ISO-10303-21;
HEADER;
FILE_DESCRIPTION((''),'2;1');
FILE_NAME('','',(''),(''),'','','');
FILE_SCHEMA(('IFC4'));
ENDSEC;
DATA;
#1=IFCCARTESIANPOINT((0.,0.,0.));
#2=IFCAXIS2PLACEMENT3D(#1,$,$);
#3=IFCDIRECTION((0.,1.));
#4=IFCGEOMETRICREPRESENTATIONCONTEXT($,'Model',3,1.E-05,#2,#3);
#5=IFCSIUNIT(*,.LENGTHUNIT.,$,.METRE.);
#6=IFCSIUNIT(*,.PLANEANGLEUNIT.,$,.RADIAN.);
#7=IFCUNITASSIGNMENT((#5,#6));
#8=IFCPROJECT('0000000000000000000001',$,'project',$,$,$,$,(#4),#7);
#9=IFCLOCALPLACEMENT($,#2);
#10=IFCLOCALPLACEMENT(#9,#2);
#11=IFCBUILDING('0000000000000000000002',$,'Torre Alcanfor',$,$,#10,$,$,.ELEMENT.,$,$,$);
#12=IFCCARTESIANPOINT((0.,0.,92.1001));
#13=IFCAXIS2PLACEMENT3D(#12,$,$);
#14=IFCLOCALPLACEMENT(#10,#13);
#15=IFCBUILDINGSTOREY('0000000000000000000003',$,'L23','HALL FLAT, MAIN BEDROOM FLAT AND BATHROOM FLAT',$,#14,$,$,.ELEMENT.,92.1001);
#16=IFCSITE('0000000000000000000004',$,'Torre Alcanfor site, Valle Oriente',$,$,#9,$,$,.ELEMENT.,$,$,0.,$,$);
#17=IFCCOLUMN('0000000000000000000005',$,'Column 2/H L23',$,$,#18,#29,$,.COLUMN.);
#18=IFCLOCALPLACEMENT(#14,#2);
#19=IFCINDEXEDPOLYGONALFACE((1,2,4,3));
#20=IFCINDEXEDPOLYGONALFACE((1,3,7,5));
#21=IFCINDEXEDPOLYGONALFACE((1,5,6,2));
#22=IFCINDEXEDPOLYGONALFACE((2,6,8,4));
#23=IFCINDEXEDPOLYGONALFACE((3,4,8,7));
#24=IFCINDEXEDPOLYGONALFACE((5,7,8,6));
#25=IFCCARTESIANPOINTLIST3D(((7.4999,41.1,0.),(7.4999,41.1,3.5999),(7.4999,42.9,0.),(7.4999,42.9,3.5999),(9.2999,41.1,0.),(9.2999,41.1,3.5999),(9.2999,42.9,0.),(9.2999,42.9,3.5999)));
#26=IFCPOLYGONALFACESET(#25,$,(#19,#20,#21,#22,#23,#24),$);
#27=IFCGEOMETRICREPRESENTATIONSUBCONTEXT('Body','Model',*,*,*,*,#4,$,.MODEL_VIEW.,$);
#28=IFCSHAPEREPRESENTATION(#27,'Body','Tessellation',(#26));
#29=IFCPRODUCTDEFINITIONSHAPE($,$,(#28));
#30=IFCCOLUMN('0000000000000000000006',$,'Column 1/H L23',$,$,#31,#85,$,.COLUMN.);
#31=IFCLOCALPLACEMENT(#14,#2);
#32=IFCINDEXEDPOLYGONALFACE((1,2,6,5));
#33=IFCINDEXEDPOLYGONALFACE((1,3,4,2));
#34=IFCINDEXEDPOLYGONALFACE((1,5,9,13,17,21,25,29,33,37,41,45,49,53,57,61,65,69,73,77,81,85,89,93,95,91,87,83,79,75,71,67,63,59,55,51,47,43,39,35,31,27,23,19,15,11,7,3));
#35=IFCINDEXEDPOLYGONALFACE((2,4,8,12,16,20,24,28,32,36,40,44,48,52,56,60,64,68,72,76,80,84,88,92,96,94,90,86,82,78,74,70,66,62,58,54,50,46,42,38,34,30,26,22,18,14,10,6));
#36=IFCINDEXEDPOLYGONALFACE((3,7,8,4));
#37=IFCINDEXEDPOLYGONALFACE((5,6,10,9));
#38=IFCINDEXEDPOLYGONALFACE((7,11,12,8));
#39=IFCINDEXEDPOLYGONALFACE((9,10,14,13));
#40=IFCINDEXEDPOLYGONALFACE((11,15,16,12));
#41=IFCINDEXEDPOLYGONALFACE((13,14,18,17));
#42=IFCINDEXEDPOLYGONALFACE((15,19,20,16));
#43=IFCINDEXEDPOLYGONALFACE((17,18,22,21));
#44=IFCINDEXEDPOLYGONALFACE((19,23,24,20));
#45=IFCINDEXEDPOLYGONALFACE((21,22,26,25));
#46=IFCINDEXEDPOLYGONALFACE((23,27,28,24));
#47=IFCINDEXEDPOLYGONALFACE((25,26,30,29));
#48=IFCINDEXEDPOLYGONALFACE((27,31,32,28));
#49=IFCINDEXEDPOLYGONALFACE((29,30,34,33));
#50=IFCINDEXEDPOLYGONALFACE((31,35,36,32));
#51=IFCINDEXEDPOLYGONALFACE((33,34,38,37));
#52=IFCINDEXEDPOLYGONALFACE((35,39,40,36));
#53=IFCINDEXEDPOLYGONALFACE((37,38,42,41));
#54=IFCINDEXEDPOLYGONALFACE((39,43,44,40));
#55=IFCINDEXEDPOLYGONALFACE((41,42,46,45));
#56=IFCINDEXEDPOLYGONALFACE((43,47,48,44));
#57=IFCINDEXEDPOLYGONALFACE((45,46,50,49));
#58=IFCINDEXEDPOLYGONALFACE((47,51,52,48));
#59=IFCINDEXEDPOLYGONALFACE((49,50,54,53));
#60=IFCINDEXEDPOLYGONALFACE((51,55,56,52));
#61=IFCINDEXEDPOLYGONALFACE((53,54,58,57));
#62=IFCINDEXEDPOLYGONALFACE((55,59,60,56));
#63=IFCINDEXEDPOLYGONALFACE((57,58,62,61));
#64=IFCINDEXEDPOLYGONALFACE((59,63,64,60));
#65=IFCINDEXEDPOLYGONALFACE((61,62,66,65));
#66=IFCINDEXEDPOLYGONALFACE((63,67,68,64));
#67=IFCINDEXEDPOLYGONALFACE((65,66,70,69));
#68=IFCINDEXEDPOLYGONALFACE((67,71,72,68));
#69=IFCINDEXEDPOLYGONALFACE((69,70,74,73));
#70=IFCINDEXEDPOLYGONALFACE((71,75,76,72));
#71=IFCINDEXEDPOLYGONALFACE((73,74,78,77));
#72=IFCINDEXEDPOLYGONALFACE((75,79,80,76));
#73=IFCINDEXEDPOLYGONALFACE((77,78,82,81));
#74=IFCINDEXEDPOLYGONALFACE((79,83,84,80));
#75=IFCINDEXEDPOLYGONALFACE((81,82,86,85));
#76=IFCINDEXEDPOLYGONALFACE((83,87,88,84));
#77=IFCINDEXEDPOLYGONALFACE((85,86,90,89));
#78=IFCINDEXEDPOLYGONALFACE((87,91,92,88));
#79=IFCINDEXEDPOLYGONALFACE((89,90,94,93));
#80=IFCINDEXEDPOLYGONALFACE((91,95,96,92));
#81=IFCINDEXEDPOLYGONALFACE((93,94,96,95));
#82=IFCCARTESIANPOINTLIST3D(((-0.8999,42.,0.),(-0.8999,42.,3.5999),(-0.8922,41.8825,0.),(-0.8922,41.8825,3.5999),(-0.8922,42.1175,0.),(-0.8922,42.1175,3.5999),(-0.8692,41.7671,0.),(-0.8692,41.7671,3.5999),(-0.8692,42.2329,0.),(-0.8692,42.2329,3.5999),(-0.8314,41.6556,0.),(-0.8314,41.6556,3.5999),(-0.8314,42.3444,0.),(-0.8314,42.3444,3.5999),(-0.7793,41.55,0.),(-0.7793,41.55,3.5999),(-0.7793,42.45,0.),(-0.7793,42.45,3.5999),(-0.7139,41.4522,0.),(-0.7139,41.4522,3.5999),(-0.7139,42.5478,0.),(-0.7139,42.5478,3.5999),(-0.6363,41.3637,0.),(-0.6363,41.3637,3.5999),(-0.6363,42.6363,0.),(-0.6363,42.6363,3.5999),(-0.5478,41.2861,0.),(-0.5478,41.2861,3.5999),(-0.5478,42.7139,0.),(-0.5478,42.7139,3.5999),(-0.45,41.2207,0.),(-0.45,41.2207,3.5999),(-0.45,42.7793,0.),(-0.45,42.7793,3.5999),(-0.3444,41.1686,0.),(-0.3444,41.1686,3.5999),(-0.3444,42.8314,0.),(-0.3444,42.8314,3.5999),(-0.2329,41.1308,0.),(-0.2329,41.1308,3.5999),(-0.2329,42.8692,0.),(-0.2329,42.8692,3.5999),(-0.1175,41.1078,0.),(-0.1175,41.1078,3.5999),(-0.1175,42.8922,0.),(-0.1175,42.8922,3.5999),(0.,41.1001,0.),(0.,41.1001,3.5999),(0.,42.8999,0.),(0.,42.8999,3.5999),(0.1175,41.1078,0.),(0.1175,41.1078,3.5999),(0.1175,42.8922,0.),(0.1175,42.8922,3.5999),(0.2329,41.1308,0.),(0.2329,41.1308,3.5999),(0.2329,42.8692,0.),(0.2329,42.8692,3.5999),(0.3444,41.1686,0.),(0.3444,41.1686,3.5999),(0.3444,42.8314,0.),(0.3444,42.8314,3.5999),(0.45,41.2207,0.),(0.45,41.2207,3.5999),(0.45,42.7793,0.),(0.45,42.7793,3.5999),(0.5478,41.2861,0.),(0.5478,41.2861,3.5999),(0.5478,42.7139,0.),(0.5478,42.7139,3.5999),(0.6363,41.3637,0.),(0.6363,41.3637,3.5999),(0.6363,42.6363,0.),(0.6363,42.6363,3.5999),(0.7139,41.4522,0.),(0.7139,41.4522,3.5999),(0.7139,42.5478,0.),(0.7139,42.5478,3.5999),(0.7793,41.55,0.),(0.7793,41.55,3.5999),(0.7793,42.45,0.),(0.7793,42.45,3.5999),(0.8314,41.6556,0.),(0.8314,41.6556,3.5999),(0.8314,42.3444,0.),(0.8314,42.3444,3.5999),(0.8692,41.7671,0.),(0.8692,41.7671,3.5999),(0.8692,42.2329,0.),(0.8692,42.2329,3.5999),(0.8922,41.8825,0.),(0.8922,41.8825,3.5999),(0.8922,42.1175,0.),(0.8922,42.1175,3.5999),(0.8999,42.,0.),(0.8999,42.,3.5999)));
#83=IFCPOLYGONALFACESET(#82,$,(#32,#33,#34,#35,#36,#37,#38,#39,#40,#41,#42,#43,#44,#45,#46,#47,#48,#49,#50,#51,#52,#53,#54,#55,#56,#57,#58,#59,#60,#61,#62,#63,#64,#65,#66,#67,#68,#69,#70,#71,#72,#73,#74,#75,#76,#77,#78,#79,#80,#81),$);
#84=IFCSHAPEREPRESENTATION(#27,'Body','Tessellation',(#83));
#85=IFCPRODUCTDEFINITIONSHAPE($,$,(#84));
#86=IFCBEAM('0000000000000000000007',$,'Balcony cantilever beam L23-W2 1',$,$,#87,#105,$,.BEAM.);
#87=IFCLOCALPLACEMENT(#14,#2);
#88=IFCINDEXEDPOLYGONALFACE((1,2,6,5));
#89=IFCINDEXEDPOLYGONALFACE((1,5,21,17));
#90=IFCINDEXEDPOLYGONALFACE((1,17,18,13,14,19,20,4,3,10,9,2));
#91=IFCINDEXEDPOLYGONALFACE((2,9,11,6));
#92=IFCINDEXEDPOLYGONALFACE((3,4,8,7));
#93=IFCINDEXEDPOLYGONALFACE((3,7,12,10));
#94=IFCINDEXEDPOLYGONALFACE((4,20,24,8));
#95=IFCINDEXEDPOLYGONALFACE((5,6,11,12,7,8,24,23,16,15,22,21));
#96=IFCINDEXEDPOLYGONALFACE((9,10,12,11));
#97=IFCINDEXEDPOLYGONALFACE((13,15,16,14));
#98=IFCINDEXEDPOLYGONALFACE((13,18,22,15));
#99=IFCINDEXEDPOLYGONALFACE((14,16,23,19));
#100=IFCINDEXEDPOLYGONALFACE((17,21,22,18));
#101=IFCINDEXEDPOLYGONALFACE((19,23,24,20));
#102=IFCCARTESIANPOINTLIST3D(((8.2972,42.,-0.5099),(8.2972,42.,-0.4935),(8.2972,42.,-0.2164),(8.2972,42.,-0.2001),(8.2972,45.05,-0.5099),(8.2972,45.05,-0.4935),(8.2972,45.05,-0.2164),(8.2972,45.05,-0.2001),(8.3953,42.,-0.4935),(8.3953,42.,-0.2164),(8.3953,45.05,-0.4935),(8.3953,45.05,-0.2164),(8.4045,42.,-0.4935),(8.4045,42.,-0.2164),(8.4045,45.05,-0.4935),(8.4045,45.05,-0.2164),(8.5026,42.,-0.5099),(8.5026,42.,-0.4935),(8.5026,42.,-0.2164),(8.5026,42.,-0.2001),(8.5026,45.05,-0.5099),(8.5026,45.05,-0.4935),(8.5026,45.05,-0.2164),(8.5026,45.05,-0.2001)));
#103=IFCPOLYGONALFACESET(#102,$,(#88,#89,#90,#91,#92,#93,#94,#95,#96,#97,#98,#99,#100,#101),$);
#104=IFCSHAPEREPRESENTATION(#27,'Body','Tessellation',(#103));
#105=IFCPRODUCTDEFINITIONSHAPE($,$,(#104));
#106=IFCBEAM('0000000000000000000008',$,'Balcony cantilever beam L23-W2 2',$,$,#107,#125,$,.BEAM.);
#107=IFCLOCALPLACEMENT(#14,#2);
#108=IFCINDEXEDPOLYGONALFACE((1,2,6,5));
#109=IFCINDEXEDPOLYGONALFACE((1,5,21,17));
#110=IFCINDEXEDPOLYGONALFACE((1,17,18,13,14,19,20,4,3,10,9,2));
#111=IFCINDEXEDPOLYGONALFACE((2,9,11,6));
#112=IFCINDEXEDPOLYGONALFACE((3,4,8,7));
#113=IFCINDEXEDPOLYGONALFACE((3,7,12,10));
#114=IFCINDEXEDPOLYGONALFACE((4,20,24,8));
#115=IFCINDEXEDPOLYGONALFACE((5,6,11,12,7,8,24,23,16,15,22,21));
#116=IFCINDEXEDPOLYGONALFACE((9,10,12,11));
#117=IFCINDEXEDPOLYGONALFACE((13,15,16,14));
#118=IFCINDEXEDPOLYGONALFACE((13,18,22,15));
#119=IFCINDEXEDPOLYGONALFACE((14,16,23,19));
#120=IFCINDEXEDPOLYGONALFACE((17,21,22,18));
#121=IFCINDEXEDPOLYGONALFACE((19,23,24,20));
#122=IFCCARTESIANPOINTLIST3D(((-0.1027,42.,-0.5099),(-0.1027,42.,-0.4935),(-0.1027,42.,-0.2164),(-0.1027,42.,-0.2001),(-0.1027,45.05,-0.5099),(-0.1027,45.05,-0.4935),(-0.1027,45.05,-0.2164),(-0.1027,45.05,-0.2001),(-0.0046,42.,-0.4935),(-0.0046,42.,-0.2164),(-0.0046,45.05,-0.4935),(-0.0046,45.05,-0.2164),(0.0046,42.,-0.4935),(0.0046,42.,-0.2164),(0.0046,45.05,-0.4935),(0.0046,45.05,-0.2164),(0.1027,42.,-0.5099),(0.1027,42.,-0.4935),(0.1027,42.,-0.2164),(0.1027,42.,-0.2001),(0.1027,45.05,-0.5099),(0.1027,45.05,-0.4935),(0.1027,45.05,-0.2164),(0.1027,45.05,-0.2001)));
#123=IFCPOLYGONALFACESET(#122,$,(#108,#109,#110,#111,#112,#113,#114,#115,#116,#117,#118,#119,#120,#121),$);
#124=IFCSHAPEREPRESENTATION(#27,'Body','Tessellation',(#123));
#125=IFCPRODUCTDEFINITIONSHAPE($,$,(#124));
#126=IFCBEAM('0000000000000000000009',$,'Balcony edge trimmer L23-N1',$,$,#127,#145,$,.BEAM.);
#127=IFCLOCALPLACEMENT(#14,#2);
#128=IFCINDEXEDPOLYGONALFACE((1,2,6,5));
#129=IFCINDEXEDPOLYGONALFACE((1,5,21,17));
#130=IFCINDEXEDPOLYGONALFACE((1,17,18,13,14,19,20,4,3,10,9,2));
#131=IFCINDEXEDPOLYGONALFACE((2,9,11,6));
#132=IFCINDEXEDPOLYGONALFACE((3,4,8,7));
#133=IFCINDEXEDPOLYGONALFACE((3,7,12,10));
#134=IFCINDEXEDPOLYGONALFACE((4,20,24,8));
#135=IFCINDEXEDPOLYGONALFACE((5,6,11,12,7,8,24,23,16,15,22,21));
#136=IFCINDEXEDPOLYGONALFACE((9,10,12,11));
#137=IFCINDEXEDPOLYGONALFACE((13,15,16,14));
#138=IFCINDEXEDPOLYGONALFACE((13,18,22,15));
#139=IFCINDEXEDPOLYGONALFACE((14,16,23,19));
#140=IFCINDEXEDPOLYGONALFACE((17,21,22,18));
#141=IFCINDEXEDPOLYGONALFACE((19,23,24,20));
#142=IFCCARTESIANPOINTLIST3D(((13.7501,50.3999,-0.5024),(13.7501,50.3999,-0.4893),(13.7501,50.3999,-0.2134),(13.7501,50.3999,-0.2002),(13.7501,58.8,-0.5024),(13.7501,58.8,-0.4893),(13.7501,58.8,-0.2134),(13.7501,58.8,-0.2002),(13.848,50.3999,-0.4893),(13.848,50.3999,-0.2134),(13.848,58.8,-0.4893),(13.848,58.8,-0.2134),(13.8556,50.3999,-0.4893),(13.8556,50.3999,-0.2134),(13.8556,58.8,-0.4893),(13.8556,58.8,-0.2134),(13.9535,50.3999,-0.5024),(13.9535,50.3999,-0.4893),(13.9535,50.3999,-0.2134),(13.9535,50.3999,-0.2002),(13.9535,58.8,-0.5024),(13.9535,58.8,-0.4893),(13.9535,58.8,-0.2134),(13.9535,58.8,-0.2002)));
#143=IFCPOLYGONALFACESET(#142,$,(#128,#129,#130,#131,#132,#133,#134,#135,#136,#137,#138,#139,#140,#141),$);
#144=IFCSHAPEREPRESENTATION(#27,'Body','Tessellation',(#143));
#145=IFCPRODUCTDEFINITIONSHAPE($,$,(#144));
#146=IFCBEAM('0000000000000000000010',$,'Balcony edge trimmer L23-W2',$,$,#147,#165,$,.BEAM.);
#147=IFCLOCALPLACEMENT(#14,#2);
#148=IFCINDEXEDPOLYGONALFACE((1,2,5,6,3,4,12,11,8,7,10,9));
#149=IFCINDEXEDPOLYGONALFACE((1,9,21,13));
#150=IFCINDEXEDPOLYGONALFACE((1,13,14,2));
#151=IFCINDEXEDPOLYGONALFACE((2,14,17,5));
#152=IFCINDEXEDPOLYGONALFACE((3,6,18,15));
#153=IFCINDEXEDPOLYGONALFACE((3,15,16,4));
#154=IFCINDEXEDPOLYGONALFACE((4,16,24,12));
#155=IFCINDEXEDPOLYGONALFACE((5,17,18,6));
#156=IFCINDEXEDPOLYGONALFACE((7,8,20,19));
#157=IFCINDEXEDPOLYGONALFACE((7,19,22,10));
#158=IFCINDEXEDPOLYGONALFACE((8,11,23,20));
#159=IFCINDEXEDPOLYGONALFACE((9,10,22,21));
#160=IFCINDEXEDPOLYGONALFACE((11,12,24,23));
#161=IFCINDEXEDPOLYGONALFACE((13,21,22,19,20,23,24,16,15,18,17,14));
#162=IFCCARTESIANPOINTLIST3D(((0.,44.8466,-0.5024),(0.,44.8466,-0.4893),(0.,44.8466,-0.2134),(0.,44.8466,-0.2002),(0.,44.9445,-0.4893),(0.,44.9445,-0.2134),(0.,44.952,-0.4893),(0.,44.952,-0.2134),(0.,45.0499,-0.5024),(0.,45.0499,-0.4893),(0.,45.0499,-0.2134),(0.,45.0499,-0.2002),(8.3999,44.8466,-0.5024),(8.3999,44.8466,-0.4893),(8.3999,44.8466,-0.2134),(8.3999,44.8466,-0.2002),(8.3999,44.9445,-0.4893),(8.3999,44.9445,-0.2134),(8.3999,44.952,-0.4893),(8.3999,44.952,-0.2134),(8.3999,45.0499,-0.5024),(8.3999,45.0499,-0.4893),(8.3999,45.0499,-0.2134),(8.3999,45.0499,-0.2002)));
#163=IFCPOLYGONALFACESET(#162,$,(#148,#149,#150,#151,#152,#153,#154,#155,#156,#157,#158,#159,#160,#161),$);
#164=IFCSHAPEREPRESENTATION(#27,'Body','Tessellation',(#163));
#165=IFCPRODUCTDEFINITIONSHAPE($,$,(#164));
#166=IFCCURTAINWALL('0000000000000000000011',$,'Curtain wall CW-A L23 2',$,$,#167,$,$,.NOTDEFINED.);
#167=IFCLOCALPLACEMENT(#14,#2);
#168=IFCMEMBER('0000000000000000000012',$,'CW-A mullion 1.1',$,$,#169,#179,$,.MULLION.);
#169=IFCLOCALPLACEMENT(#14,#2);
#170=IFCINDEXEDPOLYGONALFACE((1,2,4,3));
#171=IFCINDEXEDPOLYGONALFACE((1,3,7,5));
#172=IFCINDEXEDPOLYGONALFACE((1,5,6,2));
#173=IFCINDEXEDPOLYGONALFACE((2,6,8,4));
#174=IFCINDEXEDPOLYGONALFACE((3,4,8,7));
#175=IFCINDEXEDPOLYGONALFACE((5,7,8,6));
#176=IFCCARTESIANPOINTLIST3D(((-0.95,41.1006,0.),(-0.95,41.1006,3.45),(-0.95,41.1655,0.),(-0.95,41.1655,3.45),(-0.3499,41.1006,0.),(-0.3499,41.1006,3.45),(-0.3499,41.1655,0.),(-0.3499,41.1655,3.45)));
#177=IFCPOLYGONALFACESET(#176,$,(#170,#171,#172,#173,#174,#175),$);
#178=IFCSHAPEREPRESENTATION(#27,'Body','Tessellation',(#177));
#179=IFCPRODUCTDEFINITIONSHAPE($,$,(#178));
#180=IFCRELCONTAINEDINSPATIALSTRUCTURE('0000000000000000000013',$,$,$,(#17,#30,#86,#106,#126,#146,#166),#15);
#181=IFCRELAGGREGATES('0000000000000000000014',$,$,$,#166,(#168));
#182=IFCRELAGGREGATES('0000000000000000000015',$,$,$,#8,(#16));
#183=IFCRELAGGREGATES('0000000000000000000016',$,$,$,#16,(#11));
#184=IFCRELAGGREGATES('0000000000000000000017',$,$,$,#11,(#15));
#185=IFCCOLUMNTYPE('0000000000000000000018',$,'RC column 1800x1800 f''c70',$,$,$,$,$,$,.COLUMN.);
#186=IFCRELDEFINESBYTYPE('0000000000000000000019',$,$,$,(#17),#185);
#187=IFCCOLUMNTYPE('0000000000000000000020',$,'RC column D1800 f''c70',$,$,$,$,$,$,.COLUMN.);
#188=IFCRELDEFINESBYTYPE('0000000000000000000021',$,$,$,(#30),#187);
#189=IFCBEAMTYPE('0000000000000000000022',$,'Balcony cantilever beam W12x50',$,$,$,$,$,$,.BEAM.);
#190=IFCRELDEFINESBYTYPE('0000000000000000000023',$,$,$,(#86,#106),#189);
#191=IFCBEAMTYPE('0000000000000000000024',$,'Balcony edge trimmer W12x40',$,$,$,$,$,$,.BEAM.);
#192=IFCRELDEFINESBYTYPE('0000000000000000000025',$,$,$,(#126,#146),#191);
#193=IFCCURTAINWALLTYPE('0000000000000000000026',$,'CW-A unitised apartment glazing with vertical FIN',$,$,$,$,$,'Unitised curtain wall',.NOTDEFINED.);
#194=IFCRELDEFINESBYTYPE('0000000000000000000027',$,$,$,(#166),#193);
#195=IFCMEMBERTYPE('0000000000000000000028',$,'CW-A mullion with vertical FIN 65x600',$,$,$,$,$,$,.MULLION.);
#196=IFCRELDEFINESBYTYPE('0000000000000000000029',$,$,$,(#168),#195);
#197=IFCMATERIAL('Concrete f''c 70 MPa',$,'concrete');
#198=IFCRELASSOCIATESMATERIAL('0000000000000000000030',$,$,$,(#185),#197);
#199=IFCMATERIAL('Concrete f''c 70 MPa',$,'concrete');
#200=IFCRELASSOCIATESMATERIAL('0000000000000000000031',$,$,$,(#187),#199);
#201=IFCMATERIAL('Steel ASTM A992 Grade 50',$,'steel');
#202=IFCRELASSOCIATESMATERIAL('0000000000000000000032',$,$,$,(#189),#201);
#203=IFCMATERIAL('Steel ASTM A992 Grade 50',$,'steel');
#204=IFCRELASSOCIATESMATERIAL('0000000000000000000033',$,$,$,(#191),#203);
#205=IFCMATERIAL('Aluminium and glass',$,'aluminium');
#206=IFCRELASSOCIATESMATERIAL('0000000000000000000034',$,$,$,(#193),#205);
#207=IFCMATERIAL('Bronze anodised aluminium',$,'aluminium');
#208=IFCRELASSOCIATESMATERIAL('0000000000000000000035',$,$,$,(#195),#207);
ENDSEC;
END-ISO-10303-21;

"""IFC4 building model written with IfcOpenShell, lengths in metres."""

from ifc_helpers import new_model, si_unit, direction, frame, origin, origin_2d, place, context, subcontext, project, spatial, rectangle, circle, i_section, extrude, material, material_profile, profile_set, type_object, element, aggregate, save


model = new_model("IFC4")

# Units and contexts
model_context = context("Model", 3, precision=1e-05, world=origin(), true_north=direction((0.0, 1.0)))
body_context = subcontext(model_context, "Body", "Model", "MODEL_VIEW")
ifc_project = project(units=[si_unit("LENGTHUNIT", "METRE"), si_unit("PLANEANGLEUNIT", "RADIAN")], contexts=[model_context])

# Site, building, storey
site_placement = place(None, origin())
site = spatial("IfcSite", under=ifc_project, at=site_placement, Name="Torre Alcanfor site, Valle Oriente", CompositionType="ELEMENT", RefElevation=0.0)
building_placement = place(site_placement, origin())
building = spatial("IfcBuilding", under=site, at=building_placement, Name="Torre Alcanfor", CompositionType="ELEMENT")
storey_placement = place(building_placement, frame((0.0, 0.0, 92.1001)))
storey = spatial("IfcBuildingStorey", under=building, at=storey_placement, Name="L23", Description="HALL FLAT, MAIN BEDROOM FLAT AND BATHROOM FLAT", CompositionType="ELEMENT", Elevation=92.1001)

# Columns
ifc_material_1 = material(Name="Concrete f'c 70 MPa", Category="concrete")
ifc_material_profile_1 = material_profile(ifc_material_1, rectangle(XDim=1.8, YDim=1.8, at=origin_2d()), Name="1800x1800")
ifc_profile_set_1 = profile_set([ifc_material_profile_1], Name="Concrete f'c 70 MPa")
column_type_1 = type_object("IfcColumnType", Name="RC column 1800x1800 f'c70", PredefinedType="COLUMN", material=ifc_profile_set_1)
column_1_placement = place(storey_placement, frame((8.3999, 42.0, 0.0), z_axis=(0.0, 0.0, 1.0), x_axis=(1.0, 0.0, 0.0)))
element("IfcColumn", 1, at=column_1_placement, inside=storey, type_object=column_type_1, Name="Column 2/H L23", PredefinedType="COLUMN", context=body_context, shape_type="SweptSolid", body=[
    extrude(rectangle(XDim=1.8, YDim=1.8, at=origin_2d()), origin(), (0.0, 0.0, 1.0), 3.5999),
])
ifc_material_2 = material(Name="Concrete f'c 70 MPa", Category="concrete")
ifc_material_profile_2 = material_profile(ifc_material_2, circle(Radius=0.8999, at=origin_2d()), Name="D1800")
ifc_profile_set_2 = profile_set([ifc_material_profile_2], Name="Concrete f'c 70 MPa")
column_type_2 = type_object("IfcColumnType", Name="RC column D1800 f'c70", PredefinedType="COLUMN", material=ifc_profile_set_2)
column_2_placement = place(storey_placement, frame((0.0, 42.0, 0.0), z_axis=(0.0, 0.0, 1.0), x_axis=(1.0, 0.0, 0.0)))
element("IfcColumn", 2, at=column_2_placement, inside=storey, type_object=column_type_2, Name="Column 1/H L23", PredefinedType="COLUMN", context=body_context, shape_type="SweptSolid", body=[
    extrude(circle(Radius=0.8999, at=origin_2d()), origin(), (0.0, 0.0, 1.0), 3.5999),
])

# Beams
ifc_material_3 = material(Name="Steel ASTM A992 Grade 50", Category="steel")
ifc_material_profile_3 = material_profile(ifc_material_3, i_section(OverallWidth=0.2053, OverallDepth=0.3098, WebThickness=0.0093, FlangeThickness=0.0164, at=origin_2d()), Name="W12x50")
ifc_profile_set_3 = profile_set([ifc_material_profile_3], Name="Steel ASTM A992 Grade 50")
beam_type_1 = type_object("IfcBeamType", Name="Balcony cantilever beam W12x50", PredefinedType="BEAM", material=ifc_profile_set_3)
for number, where, z_axis, x_axis, name in (
    (3, (8.3999, 42.0, -0.355), (0.0, 1.0, 0.0), (-1.0, 0.0, 0.0), "Balcony cantilever beam L23-W2 1"),
    (4, (0.0, 42.0, -0.355), (0.0, 1.0, 0.0), (-1.0, 0.0, 0.0), "Balcony cantilever beam L23-W2 2"),
):
    element("IfcBeam", number, at=place(storey_placement, frame(where, z_axis=z_axis, x_axis=x_axis)), inside=storey, type_object=beam_type_1, Name=name, PredefinedType="BEAM", context=body_context, shape_type="SweptSolid", body=[
        extrude(i_section(OverallWidth=0.2053, OverallDepth=0.3098, WebThickness=0.0093, FlangeThickness=0.0164, at=origin_2d()), origin(), (0.0, 0.0, 1.0), 3.05),
    ])
ifc_material_4 = material(Name="Steel ASTM A992 Grade 50", Category="steel")
ifc_material_profile_4 = material_profile(ifc_material_4, i_section(OverallWidth=0.2034, OverallDepth=0.3022, WebThickness=0.0076, FlangeThickness=0.0132, at=origin_2d()), Name="W12x40")
ifc_profile_set_4 = profile_set([ifc_material_profile_4], Name="Steel ASTM A992 Grade 50")
beam_type_2 = type_object("IfcBeamType", Name="Balcony edge trimmer W12x40", PredefinedType="BEAM", material=ifc_profile_set_4)
beam_1_placement = place(storey_placement, frame((13.8518, 50.3999, -0.3513), z_axis=(0.0, 1.0, 0.0), x_axis=(-1.0, 0.0, 0.0)))
element("IfcBeam", 5, at=beam_1_placement, inside=storey, type_object=beam_type_2, Name="Balcony edge trimmer L23-N1", PredefinedType="BEAM", context=body_context, shape_type="SweptSolid", body=[
    extrude(i_section(OverallWidth=0.2034, OverallDepth=0.3022, WebThickness=0.0076, FlangeThickness=0.0132, at=origin_2d()), origin(), (0.0, 0.0, 1.0), 8.4001),
])
beam_2_placement = place(storey_placement, frame((8.3999, 44.9482, -0.3513), z_axis=(-1.0, 0.0, 0.0), x_axis=(0.0, -1.0, 0.0)))
element("IfcBeam", 6, at=beam_2_placement, inside=storey, type_object=beam_type_2, Name="Balcony edge trimmer L23-W2", PredefinedType="BEAM", context=body_context, shape_type="SweptSolid", body=[
    extrude(i_section(OverallWidth=0.2034, OverallDepth=0.3022, WebThickness=0.0076, FlangeThickness=0.0132, at=origin_2d()), origin(), (0.0, 0.0, 1.0), 8.3999),
])

# Curtain wall, member
ifc_material_5 = material(Name="Aluminium and glass", Category="aluminium")
curtain_wall_type = type_object("IfcCurtainWallType", Name="CW-A unitised apartment glazing with vertical FIN", ElementType="Unitised curtain wall", PredefinedType="NOTDEFINED", material=ifc_material_5)
curtain_wall_placement = place(storey_placement, origin())
curtain_wall = element("IfcCurtainWall", 7, at=curtain_wall_placement, inside=storey, type_object=curtain_wall_type, Name="Curtain wall CW-A L23 2", PredefinedType="NOTDEFINED")
ifc_material_6 = material(Name="Bronze anodised aluminium", Category="aluminium")
ifc_material_profile_5 = material_profile(ifc_material_6, rectangle(XDim=0.6001, YDim=0.0649, at=origin_2d()), Name="CW-A mullion 65x600")
ifc_profile_set_5 = profile_set([ifc_material_profile_5], Name="Bronze anodised aluminium")
member_type_1 = type_object("IfcMemberType", Name="CW-A mullion with vertical FIN 65x600", PredefinedType="MULLION", material=ifc_profile_set_5)
member_1_placement = place(storey_placement, frame((-0.6499, 41.1331, 0.0), z_axis=(0.0, 0.0, 1.0), x_axis=(1.0, 0.0, 0.0)))
member_1 = element("IfcMember", 8, at=member_1_placement, type_object=member_type_1, Name="CW-A mullion 1.1", PredefinedType="MULLION", context=body_context, shape_type="SweptSolid", body=[
    extrude(rectangle(XDim=0.6001, YDim=0.0649, at=origin_2d()), origin(), (0.0, 0.0, 1.0), 3.45),
])
aggregate(curtain_wall, [member_1])

save(model, "model.ifc")
